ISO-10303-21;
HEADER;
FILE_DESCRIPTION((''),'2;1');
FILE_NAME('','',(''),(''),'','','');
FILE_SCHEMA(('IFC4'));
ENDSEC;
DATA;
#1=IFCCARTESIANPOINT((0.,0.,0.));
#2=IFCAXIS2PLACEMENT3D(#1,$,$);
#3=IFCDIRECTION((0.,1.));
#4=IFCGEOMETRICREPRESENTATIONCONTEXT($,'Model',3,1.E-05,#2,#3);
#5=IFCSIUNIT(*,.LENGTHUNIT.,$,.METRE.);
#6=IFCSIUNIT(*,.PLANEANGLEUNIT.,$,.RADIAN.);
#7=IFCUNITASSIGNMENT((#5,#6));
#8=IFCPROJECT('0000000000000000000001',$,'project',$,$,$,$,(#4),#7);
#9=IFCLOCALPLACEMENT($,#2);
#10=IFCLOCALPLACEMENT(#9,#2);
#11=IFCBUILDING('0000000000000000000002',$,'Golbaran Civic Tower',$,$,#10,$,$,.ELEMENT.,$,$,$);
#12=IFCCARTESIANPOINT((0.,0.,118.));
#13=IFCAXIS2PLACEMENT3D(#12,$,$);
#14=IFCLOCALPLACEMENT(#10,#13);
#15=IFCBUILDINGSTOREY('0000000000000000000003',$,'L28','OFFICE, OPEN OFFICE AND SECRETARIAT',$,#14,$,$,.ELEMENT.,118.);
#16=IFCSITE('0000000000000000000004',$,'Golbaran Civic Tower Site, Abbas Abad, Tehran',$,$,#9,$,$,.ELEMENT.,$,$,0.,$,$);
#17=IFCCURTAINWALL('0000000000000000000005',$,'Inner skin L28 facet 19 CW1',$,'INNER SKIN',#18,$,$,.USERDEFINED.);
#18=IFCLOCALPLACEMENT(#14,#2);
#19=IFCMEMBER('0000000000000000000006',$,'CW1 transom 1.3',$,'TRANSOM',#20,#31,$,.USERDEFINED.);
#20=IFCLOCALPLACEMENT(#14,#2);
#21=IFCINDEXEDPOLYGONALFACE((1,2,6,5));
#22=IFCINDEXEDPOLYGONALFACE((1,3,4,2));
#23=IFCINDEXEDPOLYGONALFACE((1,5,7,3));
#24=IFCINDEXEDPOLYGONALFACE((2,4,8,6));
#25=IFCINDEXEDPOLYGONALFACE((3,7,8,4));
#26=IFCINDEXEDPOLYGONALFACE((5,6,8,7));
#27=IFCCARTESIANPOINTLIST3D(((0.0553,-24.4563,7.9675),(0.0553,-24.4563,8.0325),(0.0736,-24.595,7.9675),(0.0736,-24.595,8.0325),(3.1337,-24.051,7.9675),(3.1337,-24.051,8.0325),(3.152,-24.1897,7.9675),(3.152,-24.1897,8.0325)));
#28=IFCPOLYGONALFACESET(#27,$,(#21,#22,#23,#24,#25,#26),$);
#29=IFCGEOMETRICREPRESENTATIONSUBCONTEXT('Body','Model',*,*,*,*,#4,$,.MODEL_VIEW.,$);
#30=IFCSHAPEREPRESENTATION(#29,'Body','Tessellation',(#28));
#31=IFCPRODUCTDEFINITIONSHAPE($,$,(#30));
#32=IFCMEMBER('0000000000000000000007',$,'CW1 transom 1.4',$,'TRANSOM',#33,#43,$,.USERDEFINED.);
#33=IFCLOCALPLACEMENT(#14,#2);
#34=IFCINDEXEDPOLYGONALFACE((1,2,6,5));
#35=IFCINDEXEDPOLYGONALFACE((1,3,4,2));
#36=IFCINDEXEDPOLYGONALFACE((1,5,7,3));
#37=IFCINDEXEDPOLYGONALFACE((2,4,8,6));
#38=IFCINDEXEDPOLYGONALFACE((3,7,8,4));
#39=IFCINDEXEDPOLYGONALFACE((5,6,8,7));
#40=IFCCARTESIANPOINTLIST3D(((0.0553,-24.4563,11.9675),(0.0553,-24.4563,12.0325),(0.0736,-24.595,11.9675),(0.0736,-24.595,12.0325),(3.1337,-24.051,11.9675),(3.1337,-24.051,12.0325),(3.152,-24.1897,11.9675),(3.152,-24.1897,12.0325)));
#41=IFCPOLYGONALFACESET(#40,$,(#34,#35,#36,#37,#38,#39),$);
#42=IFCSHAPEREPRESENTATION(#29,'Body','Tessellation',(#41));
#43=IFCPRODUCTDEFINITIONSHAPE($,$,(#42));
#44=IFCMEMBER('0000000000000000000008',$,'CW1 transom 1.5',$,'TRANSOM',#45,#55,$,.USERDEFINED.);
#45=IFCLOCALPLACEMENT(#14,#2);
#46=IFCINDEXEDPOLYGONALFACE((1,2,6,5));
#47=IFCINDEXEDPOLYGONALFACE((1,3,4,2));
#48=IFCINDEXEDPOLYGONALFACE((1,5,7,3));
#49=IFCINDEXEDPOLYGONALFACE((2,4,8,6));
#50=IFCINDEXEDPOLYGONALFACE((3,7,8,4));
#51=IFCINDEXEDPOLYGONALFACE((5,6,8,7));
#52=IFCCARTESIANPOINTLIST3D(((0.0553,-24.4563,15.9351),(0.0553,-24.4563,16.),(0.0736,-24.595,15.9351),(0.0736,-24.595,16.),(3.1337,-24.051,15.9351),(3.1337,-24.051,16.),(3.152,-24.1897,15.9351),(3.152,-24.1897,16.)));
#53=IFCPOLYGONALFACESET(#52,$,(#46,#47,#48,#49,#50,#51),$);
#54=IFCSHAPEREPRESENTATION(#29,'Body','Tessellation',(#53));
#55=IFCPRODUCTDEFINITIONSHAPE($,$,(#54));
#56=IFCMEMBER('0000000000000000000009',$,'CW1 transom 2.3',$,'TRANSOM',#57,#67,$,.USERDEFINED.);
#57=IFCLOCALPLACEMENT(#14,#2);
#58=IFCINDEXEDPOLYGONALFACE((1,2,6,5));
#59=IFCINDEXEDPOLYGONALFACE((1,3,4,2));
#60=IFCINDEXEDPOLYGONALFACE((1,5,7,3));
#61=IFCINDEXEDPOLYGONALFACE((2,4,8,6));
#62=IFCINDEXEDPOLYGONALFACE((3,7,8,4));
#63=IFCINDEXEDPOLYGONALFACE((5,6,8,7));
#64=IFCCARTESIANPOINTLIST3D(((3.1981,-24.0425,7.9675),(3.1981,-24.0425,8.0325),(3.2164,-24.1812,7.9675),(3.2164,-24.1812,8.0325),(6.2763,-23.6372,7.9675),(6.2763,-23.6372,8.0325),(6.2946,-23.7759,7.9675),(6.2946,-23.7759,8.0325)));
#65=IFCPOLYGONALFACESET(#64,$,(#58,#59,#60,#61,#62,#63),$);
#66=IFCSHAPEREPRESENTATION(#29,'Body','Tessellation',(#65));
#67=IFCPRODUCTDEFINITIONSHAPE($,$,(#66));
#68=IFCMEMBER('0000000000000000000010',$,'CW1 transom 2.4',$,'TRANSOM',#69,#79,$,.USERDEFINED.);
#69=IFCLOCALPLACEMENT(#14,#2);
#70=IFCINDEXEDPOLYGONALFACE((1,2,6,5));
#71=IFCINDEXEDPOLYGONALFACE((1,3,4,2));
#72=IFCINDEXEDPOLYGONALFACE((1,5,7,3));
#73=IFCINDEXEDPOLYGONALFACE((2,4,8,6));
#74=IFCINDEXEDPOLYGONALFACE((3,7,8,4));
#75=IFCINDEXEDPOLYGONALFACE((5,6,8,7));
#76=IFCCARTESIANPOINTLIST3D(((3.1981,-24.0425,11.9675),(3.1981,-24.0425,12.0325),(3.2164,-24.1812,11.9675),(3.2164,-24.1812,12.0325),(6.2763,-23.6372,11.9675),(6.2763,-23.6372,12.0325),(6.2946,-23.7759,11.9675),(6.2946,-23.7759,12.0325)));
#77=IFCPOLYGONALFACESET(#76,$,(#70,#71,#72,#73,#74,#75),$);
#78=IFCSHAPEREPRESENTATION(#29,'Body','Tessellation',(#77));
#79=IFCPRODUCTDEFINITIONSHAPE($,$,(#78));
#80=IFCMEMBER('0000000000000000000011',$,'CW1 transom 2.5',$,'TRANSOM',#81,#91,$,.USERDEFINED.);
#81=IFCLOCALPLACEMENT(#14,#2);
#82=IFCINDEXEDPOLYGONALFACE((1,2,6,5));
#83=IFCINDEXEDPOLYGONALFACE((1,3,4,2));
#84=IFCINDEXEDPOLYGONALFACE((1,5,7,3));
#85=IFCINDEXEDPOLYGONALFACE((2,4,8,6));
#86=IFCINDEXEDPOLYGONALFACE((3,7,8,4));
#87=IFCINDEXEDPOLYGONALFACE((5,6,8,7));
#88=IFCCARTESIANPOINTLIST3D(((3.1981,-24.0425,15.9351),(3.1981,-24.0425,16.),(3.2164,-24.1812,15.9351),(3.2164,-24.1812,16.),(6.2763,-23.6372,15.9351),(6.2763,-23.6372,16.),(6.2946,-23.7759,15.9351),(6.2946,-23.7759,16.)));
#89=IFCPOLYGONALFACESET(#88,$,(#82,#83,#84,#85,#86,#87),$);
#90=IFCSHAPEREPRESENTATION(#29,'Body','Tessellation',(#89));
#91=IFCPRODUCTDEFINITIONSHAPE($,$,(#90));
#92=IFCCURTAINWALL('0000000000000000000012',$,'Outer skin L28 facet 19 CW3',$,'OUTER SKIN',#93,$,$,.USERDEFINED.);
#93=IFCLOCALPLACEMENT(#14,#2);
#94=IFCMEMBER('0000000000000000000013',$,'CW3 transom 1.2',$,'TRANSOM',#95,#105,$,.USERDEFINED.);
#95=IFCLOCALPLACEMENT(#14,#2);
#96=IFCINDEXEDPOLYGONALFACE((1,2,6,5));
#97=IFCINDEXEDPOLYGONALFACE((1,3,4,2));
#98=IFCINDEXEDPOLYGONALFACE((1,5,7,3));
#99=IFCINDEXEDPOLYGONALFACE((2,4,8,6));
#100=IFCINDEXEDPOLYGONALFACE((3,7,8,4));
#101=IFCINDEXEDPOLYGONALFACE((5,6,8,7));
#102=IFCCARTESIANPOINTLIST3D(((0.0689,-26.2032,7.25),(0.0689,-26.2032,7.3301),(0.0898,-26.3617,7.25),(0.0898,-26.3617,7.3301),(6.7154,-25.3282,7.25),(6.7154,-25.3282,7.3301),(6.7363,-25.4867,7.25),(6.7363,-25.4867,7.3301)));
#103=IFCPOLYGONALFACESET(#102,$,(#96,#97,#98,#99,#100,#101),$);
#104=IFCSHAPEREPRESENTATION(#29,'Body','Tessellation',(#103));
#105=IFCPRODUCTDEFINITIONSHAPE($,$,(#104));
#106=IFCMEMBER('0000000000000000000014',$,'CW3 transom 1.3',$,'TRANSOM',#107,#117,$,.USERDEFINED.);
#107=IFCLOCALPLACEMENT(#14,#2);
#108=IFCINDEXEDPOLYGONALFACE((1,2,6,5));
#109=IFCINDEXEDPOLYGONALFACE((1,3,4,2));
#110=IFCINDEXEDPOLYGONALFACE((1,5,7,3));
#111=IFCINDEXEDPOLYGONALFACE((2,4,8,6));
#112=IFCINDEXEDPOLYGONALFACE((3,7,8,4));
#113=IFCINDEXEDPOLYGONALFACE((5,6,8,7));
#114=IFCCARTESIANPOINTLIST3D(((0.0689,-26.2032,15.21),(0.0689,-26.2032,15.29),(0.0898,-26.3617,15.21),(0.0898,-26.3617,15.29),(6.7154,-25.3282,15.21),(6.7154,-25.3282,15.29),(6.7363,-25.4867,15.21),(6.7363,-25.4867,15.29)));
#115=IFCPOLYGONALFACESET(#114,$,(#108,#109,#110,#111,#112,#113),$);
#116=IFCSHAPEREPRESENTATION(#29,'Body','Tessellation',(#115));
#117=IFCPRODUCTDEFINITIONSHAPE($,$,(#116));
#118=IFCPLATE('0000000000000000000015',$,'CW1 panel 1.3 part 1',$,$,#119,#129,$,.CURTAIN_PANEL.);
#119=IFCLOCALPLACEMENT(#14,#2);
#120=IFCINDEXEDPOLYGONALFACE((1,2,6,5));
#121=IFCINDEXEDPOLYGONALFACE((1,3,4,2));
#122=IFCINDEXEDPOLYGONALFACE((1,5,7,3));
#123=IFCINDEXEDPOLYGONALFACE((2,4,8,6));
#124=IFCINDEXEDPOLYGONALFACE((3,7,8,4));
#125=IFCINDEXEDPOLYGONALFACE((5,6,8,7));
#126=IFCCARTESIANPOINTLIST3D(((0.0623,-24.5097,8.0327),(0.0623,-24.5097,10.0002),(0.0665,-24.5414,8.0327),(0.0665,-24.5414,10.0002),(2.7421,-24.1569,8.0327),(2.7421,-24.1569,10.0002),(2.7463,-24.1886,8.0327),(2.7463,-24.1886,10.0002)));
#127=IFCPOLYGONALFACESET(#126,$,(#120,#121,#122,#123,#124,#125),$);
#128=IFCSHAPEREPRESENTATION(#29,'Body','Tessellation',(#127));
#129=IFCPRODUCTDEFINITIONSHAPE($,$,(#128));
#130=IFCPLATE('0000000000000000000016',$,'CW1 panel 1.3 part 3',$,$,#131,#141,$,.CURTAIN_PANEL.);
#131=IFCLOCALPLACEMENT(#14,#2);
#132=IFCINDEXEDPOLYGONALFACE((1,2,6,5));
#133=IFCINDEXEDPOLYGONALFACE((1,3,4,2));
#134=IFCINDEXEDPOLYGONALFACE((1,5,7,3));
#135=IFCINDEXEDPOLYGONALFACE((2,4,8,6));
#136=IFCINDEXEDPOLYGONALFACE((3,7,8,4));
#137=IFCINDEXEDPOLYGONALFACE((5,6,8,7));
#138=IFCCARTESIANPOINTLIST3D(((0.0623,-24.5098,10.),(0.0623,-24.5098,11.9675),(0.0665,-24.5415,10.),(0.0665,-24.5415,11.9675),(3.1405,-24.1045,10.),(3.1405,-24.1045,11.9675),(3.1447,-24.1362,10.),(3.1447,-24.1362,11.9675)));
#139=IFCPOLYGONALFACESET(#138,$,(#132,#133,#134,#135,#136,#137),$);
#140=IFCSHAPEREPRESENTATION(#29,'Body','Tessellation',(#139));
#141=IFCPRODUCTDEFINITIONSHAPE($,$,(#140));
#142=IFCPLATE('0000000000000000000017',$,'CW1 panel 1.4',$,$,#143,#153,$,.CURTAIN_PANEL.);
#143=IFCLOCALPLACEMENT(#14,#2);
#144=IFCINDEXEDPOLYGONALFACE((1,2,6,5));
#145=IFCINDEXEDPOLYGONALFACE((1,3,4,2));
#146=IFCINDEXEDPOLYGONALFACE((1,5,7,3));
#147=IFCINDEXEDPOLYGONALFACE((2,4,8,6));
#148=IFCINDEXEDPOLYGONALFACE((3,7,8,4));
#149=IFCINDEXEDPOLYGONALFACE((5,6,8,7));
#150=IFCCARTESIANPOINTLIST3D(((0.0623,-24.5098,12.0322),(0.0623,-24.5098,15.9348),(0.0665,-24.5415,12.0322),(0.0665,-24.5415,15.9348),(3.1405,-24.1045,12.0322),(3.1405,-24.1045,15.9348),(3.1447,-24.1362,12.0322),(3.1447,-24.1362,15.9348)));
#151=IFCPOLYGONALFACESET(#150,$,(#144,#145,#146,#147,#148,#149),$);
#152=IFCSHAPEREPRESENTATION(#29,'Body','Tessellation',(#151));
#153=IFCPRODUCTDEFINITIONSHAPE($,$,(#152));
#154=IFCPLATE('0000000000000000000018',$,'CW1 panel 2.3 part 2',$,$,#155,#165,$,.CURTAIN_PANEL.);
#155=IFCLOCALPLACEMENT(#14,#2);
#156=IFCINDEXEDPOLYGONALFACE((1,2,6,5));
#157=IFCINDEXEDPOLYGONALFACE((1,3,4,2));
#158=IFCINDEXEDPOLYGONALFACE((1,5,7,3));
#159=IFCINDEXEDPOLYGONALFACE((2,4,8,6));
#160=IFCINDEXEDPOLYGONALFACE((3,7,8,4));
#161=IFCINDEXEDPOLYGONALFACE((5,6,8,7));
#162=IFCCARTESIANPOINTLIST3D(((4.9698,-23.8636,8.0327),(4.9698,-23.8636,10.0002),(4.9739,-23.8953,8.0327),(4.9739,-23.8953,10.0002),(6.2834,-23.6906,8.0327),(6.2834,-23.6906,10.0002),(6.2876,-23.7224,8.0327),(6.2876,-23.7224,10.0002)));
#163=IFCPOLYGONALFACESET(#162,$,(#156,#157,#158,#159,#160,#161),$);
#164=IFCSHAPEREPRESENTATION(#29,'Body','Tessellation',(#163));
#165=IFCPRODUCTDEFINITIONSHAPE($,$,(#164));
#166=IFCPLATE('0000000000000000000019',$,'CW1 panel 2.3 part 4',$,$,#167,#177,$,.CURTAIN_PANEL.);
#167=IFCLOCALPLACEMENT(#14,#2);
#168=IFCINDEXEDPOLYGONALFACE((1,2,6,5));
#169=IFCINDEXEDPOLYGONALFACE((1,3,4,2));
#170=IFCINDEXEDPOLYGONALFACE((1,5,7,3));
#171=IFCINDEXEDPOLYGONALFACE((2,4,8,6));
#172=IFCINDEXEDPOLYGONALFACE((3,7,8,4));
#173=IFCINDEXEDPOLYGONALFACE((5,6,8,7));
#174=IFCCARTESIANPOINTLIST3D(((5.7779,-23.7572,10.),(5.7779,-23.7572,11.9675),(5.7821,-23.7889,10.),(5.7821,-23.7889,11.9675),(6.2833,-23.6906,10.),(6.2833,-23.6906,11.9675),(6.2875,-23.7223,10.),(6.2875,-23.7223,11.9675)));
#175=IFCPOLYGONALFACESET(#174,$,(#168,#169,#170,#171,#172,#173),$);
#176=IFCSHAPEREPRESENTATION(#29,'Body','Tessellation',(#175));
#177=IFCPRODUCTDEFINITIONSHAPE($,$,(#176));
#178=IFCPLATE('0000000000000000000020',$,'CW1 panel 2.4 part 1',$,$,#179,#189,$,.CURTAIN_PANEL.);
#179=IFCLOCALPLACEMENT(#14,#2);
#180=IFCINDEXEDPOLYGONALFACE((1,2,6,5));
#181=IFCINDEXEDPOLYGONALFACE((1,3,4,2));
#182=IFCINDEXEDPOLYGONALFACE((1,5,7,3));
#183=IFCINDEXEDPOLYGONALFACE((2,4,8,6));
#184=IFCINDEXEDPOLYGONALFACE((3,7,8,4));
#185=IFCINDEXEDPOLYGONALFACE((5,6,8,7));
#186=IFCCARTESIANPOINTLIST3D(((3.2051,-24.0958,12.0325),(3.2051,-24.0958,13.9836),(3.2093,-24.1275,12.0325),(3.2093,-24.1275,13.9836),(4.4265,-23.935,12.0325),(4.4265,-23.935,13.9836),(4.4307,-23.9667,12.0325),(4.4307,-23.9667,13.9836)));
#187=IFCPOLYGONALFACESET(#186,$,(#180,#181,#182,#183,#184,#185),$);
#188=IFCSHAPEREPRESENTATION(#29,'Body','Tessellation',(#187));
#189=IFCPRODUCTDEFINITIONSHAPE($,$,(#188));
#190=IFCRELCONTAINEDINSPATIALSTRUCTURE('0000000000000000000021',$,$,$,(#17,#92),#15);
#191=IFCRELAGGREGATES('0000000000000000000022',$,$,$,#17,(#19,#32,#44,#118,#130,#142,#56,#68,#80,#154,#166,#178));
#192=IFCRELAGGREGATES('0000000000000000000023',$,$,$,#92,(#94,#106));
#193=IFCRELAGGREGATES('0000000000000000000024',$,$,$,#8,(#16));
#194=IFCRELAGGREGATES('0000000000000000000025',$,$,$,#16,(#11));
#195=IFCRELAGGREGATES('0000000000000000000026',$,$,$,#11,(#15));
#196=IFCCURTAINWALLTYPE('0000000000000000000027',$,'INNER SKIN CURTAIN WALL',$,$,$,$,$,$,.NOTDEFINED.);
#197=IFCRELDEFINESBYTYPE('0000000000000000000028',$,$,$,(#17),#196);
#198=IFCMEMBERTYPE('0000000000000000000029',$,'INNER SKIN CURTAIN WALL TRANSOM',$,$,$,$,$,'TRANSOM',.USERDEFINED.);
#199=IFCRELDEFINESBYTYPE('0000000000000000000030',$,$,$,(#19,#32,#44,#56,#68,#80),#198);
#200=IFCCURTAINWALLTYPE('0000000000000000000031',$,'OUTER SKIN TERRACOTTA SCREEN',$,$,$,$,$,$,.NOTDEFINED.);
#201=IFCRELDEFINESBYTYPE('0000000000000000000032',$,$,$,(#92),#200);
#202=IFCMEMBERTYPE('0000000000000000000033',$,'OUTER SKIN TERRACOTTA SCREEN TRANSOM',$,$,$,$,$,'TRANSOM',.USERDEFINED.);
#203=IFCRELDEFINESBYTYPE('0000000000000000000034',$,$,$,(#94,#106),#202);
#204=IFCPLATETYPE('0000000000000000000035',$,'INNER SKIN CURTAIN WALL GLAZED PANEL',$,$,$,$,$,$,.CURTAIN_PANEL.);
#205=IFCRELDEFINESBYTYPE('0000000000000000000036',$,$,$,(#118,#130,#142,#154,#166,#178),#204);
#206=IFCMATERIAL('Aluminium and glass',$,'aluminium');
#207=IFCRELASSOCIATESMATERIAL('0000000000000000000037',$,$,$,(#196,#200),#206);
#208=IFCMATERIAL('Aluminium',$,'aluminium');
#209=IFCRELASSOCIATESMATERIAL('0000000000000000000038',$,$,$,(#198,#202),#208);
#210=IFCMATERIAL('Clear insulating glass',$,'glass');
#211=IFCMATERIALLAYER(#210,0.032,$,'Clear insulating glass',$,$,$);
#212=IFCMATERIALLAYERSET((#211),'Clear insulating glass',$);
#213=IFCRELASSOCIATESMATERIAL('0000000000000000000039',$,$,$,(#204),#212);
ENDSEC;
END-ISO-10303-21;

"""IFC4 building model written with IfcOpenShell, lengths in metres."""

from ifc_helpers import new_model, si_unit, direction, frame, origin, origin_2d, place, context, subcontext, project, spatial, rectangle, extrude, material, layer, layer_set, material_profile, profile_set, type_object, element, aggregate, save


model = new_model("IFC4")

# Units and contexts
model_context = context("Model", 3, precision=1e-05, world=origin(), true_north=direction((0.0, 1.0)))
body_context = subcontext(model_context, "Body", "Model", "MODEL_VIEW")
ifc_project = project(units=[si_unit("LENGTHUNIT", "METRE"), si_unit("PLANEANGLEUNIT", "RADIAN")], contexts=[model_context])

# Site, building, storey
site_placement = place(None, origin())
site = spatial("IfcSite", under=ifc_project, at=site_placement, Name="Golbaran Civic Tower Site, Abbas Abad, Tehran", CompositionType="ELEMENT", RefElevation=0.0)
building_placement = place(site_placement, origin())
building = spatial("IfcBuilding", under=site, at=building_placement, Name="Golbaran Civic Tower", CompositionType="ELEMENT")
storey_placement = place(building_placement, frame((0.0, 0.0, 118.0)))
storey = spatial("IfcBuildingStorey", under=building, at=storey_placement, Name="L28", Description="OFFICE, OPEN OFFICE AND SECRETARIAT", CompositionType="ELEMENT", Elevation=118.0)

# Curtain walls, members
ifc_material_1 = material(Name="Aluminium and glass", Category="aluminium")
curtain_wall_type_1 = type_object("IfcCurtainWallType", Name="INNER SKIN CURTAIN WALL", PredefinedType="NOTDEFINED", material=ifc_material_1)
curtain_wall_1_placement = place(storey_placement, origin())
curtain_wall_1 = element("IfcCurtainWall", 1, at=curtain_wall_1_placement, inside=storey, type_object=curtain_wall_type_1, Name="Inner skin L28 facet 19 CW1", ObjectType="INNER SKIN", PredefinedType="USERDEFINED")
ifc_material_2 = material(Name="Aluminium", Category="aluminium")
ifc_material_profile_1 = material_profile(ifc_material_2, rectangle(XDim=0.1399, YDim=0.0649, at=origin_2d()), Name="INNER SKIN CURTAIN WALL TRANSOM")
ifc_profile_set_1 = profile_set([ifc_material_profile_1], Name="Aluminium")
member_type_1 = type_object("IfcMemberType", Name="INNER SKIN CURTAIN WALL TRANSOM", ElementType="TRANSOM", PredefinedType="USERDEFINED", material=ifc_profile_set_1)
member_1_placement = place(storey_placement, frame((0.0645, -24.5256, 8.0), z_axis=(0.991445, 0.130526, 0.0), x_axis=(-0.130526, 0.991445, 0.0)))
member_1 = element("IfcMember", 2, at=member_1_placement, type_object=member_type_1, Name="CW1 transom 1.3", ObjectType="TRANSOM", PredefinedType="USERDEFINED", context=body_context, shape_type="SweptSolid", body=[
    extrude(rectangle(XDim=0.1399, YDim=0.0649, at=origin_2d()), origin(), (0.0, 0.0, 1.0), 3.105),
])
member_2_placement = place(storey_placement, frame((0.0645, -24.5256, 12.0), z_axis=(0.991445, 0.130526, 0.0), x_axis=(-0.130526, 0.991445, 0.0)))
member_2 = element("IfcMember", 3, at=member_2_placement, type_object=member_type_1, Name="CW1 transom 1.4", ObjectType="TRANSOM", PredefinedType="USERDEFINED", context=body_context, shape_type="SweptSolid", body=[
    extrude(rectangle(XDim=0.1399, YDim=0.0649, at=origin_2d()), origin(), (0.0, 0.0, 1.0), 3.105),
])
member_3_placement = place(storey_placement, frame((0.0645, -24.5256, 15.9675), z_axis=(0.991445, 0.130526, 0.0), x_axis=(-0.130526, 0.991445, 0.0)))
member_3 = element("IfcMember", 4, at=member_3_placement, type_object=member_type_1, Name="CW1 transom 1.5", ObjectType="TRANSOM", PredefinedType="USERDEFINED", context=body_context, shape_type="SweptSolid", body=[
    extrude(rectangle(XDim=0.1399, YDim=0.0649, at=origin_2d()), origin(), (0.0, 0.0, 1.0), 3.105),
])
member_4_placement = place(storey_placement, frame((3.2073, -24.1118, 8.0), z_axis=(0.991444, 0.130536, 0.0), x_axis=(-0.130536, 0.991444, 0.0)))
member_4 = element("IfcMember", 5, at=member_4_placement, type_object=member_type_1, Name="CW1 transom 2.3", ObjectType="TRANSOM", PredefinedType="USERDEFINED", context=body_context, shape_type="SweptSolid", body=[
    extrude(rectangle(XDim=0.1399, YDim=0.0649, at=origin_2d()), origin(), (0.0, 0.0, 1.0), 3.1047),
])
member_5_placement = place(storey_placement, frame((3.2073, -24.1118, 12.0), z_axis=(0.991444, 0.130536, 0.0), x_axis=(-0.130536, 0.991444, 0.0)))
member_5 = element("IfcMember", 6, at=member_5_placement, type_object=member_type_1, Name="CW1 transom 2.4", ObjectType="TRANSOM", PredefinedType="USERDEFINED", context=body_context, shape_type="SweptSolid", body=[
    extrude(rectangle(XDim=0.1399, YDim=0.0649, at=origin_2d()), origin(), (0.0, 0.0, 1.0), 3.1047),
])
member_6_placement = place(storey_placement, frame((3.2073, -24.1118, 15.9675), z_axis=(0.991444, 0.130536, 0.0), x_axis=(-0.130536, 0.991444, 0.0)))
member_6 = element("IfcMember", 7, at=member_6_placement, type_object=member_type_1, Name="CW1 transom 2.5", ObjectType="TRANSOM", PredefinedType="USERDEFINED", context=body_context, shape_type="SweptSolid", body=[
    extrude(rectangle(XDim=0.1399, YDim=0.0649, at=origin_2d()), origin(), (0.0, 0.0, 1.0), 3.1047),
])
curtain_wall_type_2 = type_object("IfcCurtainWallType", Name="OUTER SKIN TERRACOTTA SCREEN", PredefinedType="NOTDEFINED", material=ifc_material_1)
curtain_wall_2_placement = place(storey_placement, origin())
curtain_wall_2 = element("IfcCurtainWall", 8, at=curtain_wall_2_placement, inside=storey, type_object=curtain_wall_type_2, Name="Outer skin L28 facet 19 CW3", ObjectType="OUTER SKIN", PredefinedType="USERDEFINED")
ifc_material_profile_2 = material_profile(ifc_material_2, rectangle(XDim=0.1599, YDim=0.0801, at=origin_2d()), Name="OUTER SKIN TERRACOTTA SCREEN TRANSOM")
ifc_profile_set_2 = profile_set([ifc_material_profile_2], Name="Aluminium")
member_type_2 = type_object("IfcMemberType", Name="OUTER SKIN TERRACOTTA SCREEN TRANSOM", ElementType="TRANSOM", PredefinedType="USERDEFINED", material=ifc_profile_set_2)
member_7_placement = place(storey_placement, frame((0.0793, -26.2825, 7.29), z_axis=(0.991445, 0.130522, 0.0), x_axis=(-0.130522, 0.991445, 0.0)))
member_7 = element("IfcMember", 9, at=member_7_placement, type_object=member_type_2, Name="CW3 transom 1.2", ObjectType="TRANSOM", PredefinedType="USERDEFINED", context=body_context, shape_type="SweptSolid", body=[
    extrude(rectangle(XDim=0.1599, YDim=0.0801, at=origin_2d()), origin(), (0.0, 0.0, 1.0), 6.7039),
])
member_8_placement = place(storey_placement, frame((0.0793, -26.2825, 15.25), z_axis=(0.991445, 0.130522, 0.0), x_axis=(-0.130522, 0.991445, 0.0)))
member_8 = element("IfcMember", 10, at=member_8_placement, type_object=member_type_2, Name="CW3 transom 1.3", ObjectType="TRANSOM", PredefinedType="USERDEFINED", context=body_context, shape_type="SweptSolid", body=[
    extrude(rectangle(XDim=0.1599, YDim=0.0801, at=origin_2d()), origin(), (0.0, 0.0, 1.0), 6.7039),
])

# Plates
ifc_material_3 = material(Name="Clear insulating glass", Category="glass")
ifc_layer_1 = layer(ifc_material_3, 0.032, Name="Clear insulating glass")
ifc_layer_set_1 = layer_set([ifc_layer_1], Name="Clear insulating glass")
plate_type_1 = type_object("IfcPlateType", Name="INNER SKIN CURTAIN WALL GLAZED PANEL", PredefinedType="CURTAIN_PANEL", material=ifc_layer_set_1)
plate_1_placement = place(storey_placement, frame((1.4043, -24.3491, 8.0327), z_axis=(0.0, 0.0, 1.0), x_axis=(0.991445, 0.130526, 0.0)))
plate_1 = element("IfcPlate", 11, at=plate_1_placement, type_object=plate_type_1, Name="CW1 panel 1.3 part 1", PredefinedType="CURTAIN_PANEL", context=body_context, shape_type="SweptSolid", body=[
    extrude(rectangle(XDim=2.7029, YDim=0.032, at=origin_2d()), origin(), (0.0, 0.0, 1.0), 1.9675),
])
plate_2_placement = place(storey_placement, frame((1.6035, -24.323, 10.0), z_axis=(0.0, 0.0, 1.0), x_axis=(0.991445, 0.130526, 0.0)))
plate_2 = element("IfcPlate", 12, at=plate_2_placement, type_object=plate_type_1, Name="CW1 panel 1.3 part 3", PredefinedType="CURTAIN_PANEL", context=body_context, shape_type="SweptSolid", body=[
    extrude(rectangle(XDim=3.1047, YDim=0.032, at=origin_2d()), origin(), (0.0, 0.0, 1.0), 1.9675),
])
plate_3_placement = place(storey_placement, frame((1.6035, -24.323, 12.0322), z_axis=(0.0, 0.0, 1.0), x_axis=(0.991445, 0.130526, 0.0)))
plate_3 = element("IfcPlate", 13, at=plate_3_placement, type_object=plate_type_1, Name="CW1 panel 1.4", PredefinedType="CURTAIN_PANEL", context=body_context, shape_type="SweptSolid", body=[
    extrude(rectangle(XDim=3.1047, YDim=0.032, at=origin_2d()), origin(), (0.0, 0.0, 1.0), 3.9026),
])
plate_4_placement = place(storey_placement, frame((5.6287, -23.793, 8.0327), z_axis=(0.0, 0.0, 1.0), x_axis=(0.991445, 0.130526, 0.0)))
plate_4 = element("IfcPlate", 14, at=plate_4_placement, type_object=plate_type_1, Name="CW1 panel 2.3 part 2", PredefinedType="CURTAIN_PANEL", context=body_context, shape_type="SweptSolid", body=[
    extrude(rectangle(XDim=1.325, YDim=0.032, at=origin_2d()), origin(), (0.0, 0.0, 1.0), 1.9675),
])
plate_5_placement = place(storey_placement, frame((6.0327, -23.7397, 10.0), z_axis=(0.0, 0.0, 1.0), x_axis=(0.991445, 0.130526, 0.0)))
plate_5 = element("IfcPlate", 15, at=plate_5_placement, type_object=plate_type_1, Name="CW1 panel 2.3 part 4", PredefinedType="CURTAIN_PANEL", context=body_context, shape_type="SweptSolid", body=[
    extrude(rectangle(XDim=0.5098, YDim=0.032, at=origin_2d()), origin(), (0.0, 0.0, 1.0), 1.9675),
])
plate_6_placement = place(storey_placement, frame((3.8179, -24.0312, 12.0325), z_axis=(0.0, 0.0, 1.0), x_axis=(0.991445, 0.130526, 0.0)))
plate_6 = element("IfcPlate", 16, at=plate_6_placement, type_object=plate_type_1, Name="CW1 panel 2.4 part 1", PredefinedType="CURTAIN_PANEL", context=body_context, shape_type="SweptSolid", body=[
    extrude(rectangle(XDim=1.2319, YDim=0.032, at=origin_2d()), origin(), (0.0, 0.0, 1.0), 1.9512),
])
aggregate(curtain_wall_1, [member_1, member_2, member_3, plate_1, plate_2, plate_3, member_4, member_5, member_6, plate_4, plate_5, plate_6])
aggregate(curtain_wall_2, [member_7, member_8])

save(model, "model.ifc")
